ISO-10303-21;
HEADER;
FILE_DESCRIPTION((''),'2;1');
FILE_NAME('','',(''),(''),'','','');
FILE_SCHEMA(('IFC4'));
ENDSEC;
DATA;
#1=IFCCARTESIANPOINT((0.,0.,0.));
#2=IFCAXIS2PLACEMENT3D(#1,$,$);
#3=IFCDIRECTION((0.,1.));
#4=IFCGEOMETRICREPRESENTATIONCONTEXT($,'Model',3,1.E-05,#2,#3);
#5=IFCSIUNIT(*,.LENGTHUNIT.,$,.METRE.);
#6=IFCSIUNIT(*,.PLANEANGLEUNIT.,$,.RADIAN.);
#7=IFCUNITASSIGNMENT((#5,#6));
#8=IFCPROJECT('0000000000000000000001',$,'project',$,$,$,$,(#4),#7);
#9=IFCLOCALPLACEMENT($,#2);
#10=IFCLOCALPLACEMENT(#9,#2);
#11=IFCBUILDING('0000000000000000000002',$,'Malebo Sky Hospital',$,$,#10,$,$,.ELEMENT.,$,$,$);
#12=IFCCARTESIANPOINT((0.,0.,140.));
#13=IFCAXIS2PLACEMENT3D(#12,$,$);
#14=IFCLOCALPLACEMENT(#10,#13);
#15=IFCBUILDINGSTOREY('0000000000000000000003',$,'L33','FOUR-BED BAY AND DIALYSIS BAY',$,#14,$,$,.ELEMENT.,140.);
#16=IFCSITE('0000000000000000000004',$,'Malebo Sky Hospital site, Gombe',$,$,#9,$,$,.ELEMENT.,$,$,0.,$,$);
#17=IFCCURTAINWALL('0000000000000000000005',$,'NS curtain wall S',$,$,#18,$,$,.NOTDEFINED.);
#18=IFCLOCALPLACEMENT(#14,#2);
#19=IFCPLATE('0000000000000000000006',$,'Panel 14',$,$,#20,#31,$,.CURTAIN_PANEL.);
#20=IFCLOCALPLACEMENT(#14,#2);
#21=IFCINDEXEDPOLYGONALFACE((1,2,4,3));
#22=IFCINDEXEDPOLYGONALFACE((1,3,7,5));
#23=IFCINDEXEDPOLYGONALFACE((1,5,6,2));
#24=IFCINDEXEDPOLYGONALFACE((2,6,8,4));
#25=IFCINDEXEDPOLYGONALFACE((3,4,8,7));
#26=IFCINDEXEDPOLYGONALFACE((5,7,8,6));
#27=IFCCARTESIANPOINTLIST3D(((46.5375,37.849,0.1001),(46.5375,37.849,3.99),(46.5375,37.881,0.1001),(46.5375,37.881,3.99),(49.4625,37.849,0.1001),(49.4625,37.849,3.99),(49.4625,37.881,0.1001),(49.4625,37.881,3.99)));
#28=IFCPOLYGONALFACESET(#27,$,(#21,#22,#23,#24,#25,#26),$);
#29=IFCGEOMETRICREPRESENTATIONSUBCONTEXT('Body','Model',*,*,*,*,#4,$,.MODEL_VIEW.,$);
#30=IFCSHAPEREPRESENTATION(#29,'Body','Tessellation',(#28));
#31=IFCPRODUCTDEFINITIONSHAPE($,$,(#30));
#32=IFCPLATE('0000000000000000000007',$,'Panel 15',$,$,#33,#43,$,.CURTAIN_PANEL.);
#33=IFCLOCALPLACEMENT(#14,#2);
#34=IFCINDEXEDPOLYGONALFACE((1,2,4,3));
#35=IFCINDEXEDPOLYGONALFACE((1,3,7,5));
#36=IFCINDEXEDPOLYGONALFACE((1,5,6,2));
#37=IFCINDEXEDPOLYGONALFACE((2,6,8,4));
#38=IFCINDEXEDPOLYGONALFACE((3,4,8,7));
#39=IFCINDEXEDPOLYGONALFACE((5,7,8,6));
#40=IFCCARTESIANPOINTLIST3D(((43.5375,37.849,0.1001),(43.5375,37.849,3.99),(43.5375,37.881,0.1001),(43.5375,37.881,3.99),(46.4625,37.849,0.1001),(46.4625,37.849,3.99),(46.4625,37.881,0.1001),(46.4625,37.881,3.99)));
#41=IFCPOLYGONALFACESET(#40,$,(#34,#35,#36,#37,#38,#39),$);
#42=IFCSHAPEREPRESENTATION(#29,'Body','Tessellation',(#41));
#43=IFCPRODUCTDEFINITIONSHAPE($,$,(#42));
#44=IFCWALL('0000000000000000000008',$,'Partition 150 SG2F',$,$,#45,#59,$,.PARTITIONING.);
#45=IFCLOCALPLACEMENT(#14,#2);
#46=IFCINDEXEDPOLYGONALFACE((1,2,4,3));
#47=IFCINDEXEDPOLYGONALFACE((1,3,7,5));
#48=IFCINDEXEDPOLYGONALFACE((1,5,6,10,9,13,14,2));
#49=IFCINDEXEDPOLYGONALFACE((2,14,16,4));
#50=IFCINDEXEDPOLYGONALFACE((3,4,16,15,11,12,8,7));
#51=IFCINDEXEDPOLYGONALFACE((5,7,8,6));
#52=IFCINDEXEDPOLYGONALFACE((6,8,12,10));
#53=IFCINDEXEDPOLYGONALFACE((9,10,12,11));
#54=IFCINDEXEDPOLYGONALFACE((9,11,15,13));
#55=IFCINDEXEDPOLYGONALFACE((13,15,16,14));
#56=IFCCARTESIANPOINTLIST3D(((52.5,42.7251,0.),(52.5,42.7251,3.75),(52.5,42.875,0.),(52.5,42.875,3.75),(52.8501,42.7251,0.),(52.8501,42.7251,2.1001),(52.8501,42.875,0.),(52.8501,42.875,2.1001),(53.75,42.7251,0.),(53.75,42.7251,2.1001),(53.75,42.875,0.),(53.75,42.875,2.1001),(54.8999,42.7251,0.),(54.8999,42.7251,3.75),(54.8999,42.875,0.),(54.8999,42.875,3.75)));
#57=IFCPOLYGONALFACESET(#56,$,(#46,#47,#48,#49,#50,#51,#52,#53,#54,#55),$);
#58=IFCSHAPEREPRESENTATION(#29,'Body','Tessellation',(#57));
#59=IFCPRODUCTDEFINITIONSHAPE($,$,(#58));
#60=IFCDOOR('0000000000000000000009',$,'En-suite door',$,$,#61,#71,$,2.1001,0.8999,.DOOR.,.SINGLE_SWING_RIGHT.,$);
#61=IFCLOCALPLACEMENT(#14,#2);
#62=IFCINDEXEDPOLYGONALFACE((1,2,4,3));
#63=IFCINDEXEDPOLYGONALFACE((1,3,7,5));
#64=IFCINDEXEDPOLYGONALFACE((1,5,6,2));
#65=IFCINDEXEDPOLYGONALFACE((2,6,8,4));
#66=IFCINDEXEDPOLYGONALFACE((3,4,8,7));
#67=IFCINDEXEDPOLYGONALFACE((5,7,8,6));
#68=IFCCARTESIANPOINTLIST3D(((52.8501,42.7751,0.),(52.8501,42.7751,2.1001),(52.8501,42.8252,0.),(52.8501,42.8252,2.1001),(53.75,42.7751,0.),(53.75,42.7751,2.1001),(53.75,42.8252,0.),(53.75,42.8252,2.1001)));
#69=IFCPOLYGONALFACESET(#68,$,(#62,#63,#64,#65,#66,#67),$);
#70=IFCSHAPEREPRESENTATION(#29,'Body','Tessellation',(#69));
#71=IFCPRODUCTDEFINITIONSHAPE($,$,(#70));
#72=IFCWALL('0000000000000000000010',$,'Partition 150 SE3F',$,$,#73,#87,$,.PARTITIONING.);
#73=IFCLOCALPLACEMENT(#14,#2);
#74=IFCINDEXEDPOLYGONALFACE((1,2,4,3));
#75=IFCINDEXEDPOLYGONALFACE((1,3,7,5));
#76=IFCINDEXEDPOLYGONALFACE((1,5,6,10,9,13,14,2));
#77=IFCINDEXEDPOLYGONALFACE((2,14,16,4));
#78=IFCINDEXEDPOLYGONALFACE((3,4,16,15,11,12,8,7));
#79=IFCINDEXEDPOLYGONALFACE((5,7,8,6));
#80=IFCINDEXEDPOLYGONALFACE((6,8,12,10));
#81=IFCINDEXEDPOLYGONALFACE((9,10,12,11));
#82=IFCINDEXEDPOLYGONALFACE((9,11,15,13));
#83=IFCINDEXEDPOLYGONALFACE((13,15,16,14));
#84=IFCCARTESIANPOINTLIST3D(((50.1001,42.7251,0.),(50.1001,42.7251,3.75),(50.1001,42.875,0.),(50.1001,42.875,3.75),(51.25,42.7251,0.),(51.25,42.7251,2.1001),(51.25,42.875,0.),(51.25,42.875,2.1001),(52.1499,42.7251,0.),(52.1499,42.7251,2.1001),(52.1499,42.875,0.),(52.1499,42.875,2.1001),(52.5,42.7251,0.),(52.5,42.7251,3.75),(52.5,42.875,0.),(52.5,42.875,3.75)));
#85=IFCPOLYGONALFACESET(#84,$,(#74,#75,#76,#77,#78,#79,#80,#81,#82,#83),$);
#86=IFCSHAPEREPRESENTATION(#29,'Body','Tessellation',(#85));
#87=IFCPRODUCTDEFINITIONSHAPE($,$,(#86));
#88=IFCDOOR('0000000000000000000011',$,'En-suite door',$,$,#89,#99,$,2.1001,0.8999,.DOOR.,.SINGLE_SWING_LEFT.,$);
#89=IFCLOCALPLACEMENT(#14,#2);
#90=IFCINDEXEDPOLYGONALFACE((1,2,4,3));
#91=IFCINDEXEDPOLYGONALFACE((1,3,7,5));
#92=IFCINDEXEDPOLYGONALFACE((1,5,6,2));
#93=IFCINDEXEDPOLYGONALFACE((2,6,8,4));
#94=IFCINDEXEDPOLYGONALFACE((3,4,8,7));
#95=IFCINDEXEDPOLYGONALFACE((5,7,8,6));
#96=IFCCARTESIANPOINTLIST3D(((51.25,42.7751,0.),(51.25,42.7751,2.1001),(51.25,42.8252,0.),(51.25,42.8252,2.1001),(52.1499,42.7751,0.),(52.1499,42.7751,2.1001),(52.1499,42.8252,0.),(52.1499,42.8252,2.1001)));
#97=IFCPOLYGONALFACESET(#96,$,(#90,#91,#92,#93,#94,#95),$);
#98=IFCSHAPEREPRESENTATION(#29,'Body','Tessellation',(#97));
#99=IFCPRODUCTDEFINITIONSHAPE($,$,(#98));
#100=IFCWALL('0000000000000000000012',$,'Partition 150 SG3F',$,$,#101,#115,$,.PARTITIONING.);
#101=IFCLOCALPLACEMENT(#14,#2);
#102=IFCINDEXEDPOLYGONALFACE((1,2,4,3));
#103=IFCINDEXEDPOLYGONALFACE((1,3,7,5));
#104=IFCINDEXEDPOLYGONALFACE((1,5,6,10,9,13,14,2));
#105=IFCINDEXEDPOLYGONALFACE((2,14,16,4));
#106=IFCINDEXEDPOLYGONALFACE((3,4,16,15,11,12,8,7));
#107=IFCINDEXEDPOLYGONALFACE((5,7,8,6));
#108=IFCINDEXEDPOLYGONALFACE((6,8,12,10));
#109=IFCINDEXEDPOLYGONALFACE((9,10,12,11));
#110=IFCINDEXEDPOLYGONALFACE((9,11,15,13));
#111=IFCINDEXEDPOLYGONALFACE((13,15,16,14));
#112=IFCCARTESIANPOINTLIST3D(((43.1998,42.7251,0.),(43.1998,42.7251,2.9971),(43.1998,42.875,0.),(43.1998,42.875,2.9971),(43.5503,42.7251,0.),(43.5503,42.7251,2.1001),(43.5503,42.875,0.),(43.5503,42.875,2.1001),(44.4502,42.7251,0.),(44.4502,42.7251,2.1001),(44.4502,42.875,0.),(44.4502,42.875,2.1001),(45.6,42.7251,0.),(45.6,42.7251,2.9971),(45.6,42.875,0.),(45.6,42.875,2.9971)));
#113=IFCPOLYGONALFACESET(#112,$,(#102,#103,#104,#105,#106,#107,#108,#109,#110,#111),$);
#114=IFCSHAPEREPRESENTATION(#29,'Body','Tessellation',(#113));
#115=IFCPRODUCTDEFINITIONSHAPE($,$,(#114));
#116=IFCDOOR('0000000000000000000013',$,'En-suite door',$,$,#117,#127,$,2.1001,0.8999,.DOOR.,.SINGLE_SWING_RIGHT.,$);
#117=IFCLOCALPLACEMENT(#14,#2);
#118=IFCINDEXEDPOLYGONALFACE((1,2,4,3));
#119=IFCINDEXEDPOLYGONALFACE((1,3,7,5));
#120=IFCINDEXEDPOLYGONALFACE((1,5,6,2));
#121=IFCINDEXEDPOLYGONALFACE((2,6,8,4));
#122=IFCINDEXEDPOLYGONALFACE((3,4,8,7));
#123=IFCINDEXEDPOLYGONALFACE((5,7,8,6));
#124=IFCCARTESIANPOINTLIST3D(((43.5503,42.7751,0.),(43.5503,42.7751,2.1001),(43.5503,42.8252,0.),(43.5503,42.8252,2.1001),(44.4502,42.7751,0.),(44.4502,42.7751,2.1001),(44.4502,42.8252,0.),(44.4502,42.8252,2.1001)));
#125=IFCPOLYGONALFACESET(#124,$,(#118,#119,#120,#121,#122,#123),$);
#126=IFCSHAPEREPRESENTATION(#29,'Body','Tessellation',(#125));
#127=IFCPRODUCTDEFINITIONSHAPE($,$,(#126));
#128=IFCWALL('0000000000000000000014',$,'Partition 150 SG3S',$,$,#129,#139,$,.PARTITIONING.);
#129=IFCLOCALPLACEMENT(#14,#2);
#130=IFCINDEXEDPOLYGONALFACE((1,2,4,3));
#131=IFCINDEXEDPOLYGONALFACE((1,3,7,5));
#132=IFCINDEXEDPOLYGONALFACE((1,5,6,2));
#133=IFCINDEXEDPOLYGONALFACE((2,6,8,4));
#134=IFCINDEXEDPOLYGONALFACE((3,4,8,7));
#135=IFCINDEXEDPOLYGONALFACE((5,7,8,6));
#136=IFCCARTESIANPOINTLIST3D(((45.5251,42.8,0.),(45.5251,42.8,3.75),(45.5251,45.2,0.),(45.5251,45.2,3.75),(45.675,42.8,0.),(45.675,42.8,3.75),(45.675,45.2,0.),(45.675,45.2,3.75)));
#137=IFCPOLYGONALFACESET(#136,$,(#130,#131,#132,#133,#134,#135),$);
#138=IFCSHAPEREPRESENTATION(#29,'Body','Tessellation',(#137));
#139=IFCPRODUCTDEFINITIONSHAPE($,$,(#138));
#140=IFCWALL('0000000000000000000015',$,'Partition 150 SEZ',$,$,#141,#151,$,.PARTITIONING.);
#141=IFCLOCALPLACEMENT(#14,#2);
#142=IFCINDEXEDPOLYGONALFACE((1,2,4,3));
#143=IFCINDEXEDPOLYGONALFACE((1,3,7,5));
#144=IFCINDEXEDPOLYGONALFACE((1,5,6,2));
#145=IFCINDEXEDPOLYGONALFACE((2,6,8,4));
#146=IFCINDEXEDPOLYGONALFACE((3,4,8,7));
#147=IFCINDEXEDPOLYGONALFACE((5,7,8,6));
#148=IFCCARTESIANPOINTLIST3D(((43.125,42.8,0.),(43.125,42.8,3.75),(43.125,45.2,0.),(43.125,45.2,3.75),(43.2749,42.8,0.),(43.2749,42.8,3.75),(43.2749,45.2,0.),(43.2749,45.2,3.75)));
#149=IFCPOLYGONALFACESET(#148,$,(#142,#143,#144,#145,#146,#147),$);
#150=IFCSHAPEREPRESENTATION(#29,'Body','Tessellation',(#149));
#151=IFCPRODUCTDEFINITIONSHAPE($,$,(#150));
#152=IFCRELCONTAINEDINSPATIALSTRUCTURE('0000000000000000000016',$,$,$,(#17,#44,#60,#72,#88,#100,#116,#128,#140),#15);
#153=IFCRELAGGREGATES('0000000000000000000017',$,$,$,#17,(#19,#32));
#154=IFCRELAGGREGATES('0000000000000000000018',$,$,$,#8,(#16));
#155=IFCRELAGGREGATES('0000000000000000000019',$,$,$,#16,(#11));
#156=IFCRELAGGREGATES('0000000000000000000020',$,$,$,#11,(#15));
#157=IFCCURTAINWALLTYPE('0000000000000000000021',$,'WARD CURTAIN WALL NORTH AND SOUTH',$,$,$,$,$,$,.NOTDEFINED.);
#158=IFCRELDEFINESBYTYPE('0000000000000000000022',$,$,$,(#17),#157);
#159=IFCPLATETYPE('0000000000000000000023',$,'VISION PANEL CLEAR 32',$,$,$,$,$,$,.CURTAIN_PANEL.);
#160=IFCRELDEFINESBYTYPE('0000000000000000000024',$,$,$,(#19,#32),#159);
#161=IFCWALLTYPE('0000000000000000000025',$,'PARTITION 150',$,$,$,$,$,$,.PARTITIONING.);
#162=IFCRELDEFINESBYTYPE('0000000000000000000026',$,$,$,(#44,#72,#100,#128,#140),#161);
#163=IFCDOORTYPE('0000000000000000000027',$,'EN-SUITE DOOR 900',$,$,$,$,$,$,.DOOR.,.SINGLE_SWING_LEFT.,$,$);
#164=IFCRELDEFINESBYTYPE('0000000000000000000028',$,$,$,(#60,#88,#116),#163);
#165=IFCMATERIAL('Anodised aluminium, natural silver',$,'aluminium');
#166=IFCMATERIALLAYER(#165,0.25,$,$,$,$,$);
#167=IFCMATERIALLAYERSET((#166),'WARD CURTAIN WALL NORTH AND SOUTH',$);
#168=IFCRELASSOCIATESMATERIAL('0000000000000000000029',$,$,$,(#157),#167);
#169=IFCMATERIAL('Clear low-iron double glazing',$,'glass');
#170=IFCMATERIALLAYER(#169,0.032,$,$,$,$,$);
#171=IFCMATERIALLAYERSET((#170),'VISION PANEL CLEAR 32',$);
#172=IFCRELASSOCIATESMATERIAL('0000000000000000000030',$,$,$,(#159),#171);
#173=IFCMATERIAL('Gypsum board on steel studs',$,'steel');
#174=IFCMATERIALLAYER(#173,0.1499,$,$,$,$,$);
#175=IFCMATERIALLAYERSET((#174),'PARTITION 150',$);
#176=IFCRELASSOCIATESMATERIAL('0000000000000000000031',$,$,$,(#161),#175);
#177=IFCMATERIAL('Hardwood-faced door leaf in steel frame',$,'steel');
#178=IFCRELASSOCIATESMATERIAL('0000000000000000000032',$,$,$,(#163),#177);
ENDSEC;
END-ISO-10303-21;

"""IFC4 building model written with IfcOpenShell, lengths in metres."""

from ifc_helpers import new_model, si_unit, direction, frame, frame_2d, origin, origin_2d, place, context, subcontext, project, spatial, rectangle, extrude, material, layer, layer_set, type_object, element, fill, aggregate, save


model = new_model("IFC4")

# Units and contexts
model_context = context("Model", 3, precision=1e-05, world=origin(), true_north=direction((0.0, 1.0)))
body_context = subcontext(model_context, "Body", "Model", "MODEL_VIEW")
ifc_project = project(units=[si_unit("LENGTHUNIT", "METRE"), si_unit("PLANEANGLEUNIT", "RADIAN")], contexts=[model_context])

# Site, building, storey
site_placement = place(None, origin())
site = spatial("IfcSite", under=ifc_project, at=site_placement, Name="Malebo Sky Hospital site, Gombe", CompositionType="ELEMENT", RefElevation=0.0)
building_placement = place(site_placement, origin())
building = spatial("IfcBuilding", under=site, at=building_placement, Name="Malebo Sky Hospital", CompositionType="ELEMENT")
storey_placement = place(building_placement, frame((0.0, 0.0, 140.0)))
storey = spatial("IfcBuildingStorey", under=building, at=storey_placement, Name="L33", Description="FOUR-BED BAY AND DIALYSIS BAY", CompositionType="ELEMENT", Elevation=140.0)

# Curtain wall
ifc_material_1 = material(Name="Anodised aluminium, natural silver", Category="aluminium")
ifc_layer_1 = layer(ifc_material_1, 0.25)
ifc_layer_set_1 = layer_set([ifc_layer_1], Name="WARD CURTAIN WALL NORTH AND SOUTH")
curtain_wall_type = type_object("IfcCurtainWallType", Name="WARD CURTAIN WALL NORTH AND SOUTH", PredefinedType="NOTDEFINED", material=ifc_layer_set_1)
curtain_wall_placement = place(storey_placement, origin())
curtain_wall = element("IfcCurtainWall", 1, at=curtain_wall_placement, inside=storey, type_object=curtain_wall_type, Name="NS curtain wall S", PredefinedType="NOTDEFINED")

# Plates
ifc_material_2 = material(Name="Clear low-iron double glazing", Category="glass")
ifc_layer_2 = layer(ifc_material_2, 0.032)
ifc_layer_set_2 = layer_set([ifc_layer_2], Name="VISION PANEL CLEAR 32")
plate_type = type_object("IfcPlateType", Name="VISION PANEL CLEAR 32", PredefinedType="CURTAIN_PANEL", material=ifc_layer_set_2)
plate_1_placement = place(storey_placement, frame((48.0, 37.865, 0.1001), z_axis=(0.0, 0.0, 1.0), x_axis=(-1.0, 0.0, 0.0)))
plate_1 = element("IfcPlate", 2, at=plate_1_placement, type_object=plate_type, Name="Panel 14", PredefinedType="CURTAIN_PANEL", context=body_context, shape_type="SweptSolid", body=[
    extrude(rectangle(XDim=2.925, YDim=0.032, at=origin_2d()), origin(), (0.0, 0.0, 1.0), 3.8899),
])
plate_2_placement = place(storey_placement, frame((45.0, 37.865, 0.1001), z_axis=(0.0, 0.0, 1.0), x_axis=(-1.0, 0.0, 0.0)))
plate_2 = element("IfcPlate", 3, at=plate_2_placement, type_object=plate_type, Name="Panel 15", PredefinedType="CURTAIN_PANEL", context=body_context, shape_type="SweptSolid", body=[
    extrude(rectangle(XDim=2.925, YDim=0.032, at=origin_2d()), origin(), (0.0, 0.0, 1.0), 3.8899),
])
aggregate(curtain_wall, [plate_1, plate_2])

# Walls, openings, doors
ifc_material_3 = material(Name="Gypsum board on steel studs", Category="steel")
ifc_layer_3 = layer(ifc_material_3, 0.1499)
ifc_layer_set_3 = layer_set([ifc_layer_3], Name="PARTITION 150")
wall_type = type_object("IfcWallType", Name="PARTITION 150", PredefinedType="PARTITIONING", material=ifc_layer_set_3)
wall_1_placement = place(storey_placement, frame((54.8999, 42.8, 0.0), z_axis=(0.0, 0.0, 1.0), x_axis=(-1.0, 0.0, 0.0)))
wall_1 = element("IfcWall", 4, at=wall_1_placement, inside=storey, type_object=wall_type, Name="Partition 150 SG2F", PredefinedType="PARTITIONING", context=body_context, shape_type="SweptSolid", body=[
    extrude(rectangle(XDim=2.3999, YDim=0.1499, at=frame_2d((1.2, 0.0))), origin(), (0.0, 0.0, 1.0), 3.75),
])
opening_1_placement = place(wall_1_placement, frame((1.1499, 0.0, 0.0)))
opening_1 = element("IfcOpeningElement", 5, at=opening_1_placement, cuts=wall_1, PredefinedType="OPENING", context=body_context, shape_type="SweptSolid", body=[
    extrude(rectangle(XDim=0.8999, YDim=2.1001, at=frame_2d((0.45, 1.05))), frame((0.0, 0.085, 0.0), z_axis=(0.0, -1.0, 0.0), x_axis=(1.0, 0.0, 0.0)), (0.0, 0.0, 1.0), 0.1699),
])
ifc_material_4 = material(Name="Hardwood-faced door leaf in steel frame", Category="steel")
door_type = type_object("IfcDoorType", Name="EN-SUITE DOOR 900", OperationType="SINGLE_SWING_LEFT", PredefinedType="DOOR", material=ifc_material_4)
door_1_placement = place(opening_1_placement, origin())
door_1 = element("IfcDoor", 6, at=door_1_placement, inside=storey, type_object=door_type, Name="En-suite door", OperationType="SINGLE_SWING_RIGHT", OverallHeight=2.1001, OverallWidth=0.8999, PredefinedType="DOOR", context=body_context, shape_type="SweptSolid", body=[
    extrude(rectangle(XDim=0.8999, YDim=2.1001, at=frame_2d((0.45, 1.05))), frame((0.0, 0.0249, 0.0), z_axis=(0.0, -1.0, 0.0), x_axis=(1.0, 0.0, 0.0)), (0.0, 0.0, 1.0), 0.05),
])
fill(opening_1, door_1)
wall_2_placement = place(storey_placement, frame((52.5, 42.8, 0.0), z_axis=(0.0, 0.0, 1.0), x_axis=(-1.0, 0.0, 0.0)))
wall_2 = element("IfcWall", 7, at=wall_2_placement, inside=storey, type_object=wall_type, Name="Partition 150 SE3F", PredefinedType="PARTITIONING", context=body_context, shape_type="SweptSolid", body=[
    extrude(rectangle(XDim=2.3999, YDim=0.1499, at=frame_2d((1.2, 0.0))), origin(), (0.0, 0.0, 1.0), 3.75),
])
opening_2_placement = place(wall_2_placement, frame((0.3501, 0.0, 0.0)))
opening_2 = element("IfcOpeningElement", 8, at=opening_2_placement, cuts=wall_2, PredefinedType="OPENING", context=body_context, shape_type="SweptSolid", body=[
    extrude(rectangle(XDim=0.8999, YDim=2.1001, at=frame_2d((0.45, 1.05))), frame((0.0, 0.085, 0.0), z_axis=(0.0, -1.0, 0.0), x_axis=(1.0, 0.0, 0.0)), (0.0, 0.0, 1.0), 0.1699),
])
door_2_placement = place(opening_2_placement, origin())
door_2 = element("IfcDoor", 9, at=door_2_placement, inside=storey, type_object=door_type, Name="En-suite door", OperationType="SINGLE_SWING_LEFT", OverallHeight=2.1001, OverallWidth=0.8999, PredefinedType="DOOR", context=body_context, shape_type="SweptSolid", body=[
    extrude(rectangle(XDim=0.8999, YDim=2.1001, at=frame_2d((0.45, 1.05))), frame((0.0, 0.0249, 0.0), z_axis=(0.0, -1.0, 0.0), x_axis=(1.0, 0.0, 0.0)), (0.0, 0.0, 1.0), 0.05),
])
fill(opening_2, door_2)
wall_3_placement = place(storey_placement, frame((45.6001, 42.8, 0.0), z_axis=(0.0, 0.0, 1.0), x_axis=(-1.0, 0.0, 0.0)))
wall_3 = element("IfcWall", 10, at=wall_3_placement, inside=storey, type_object=wall_type, Name="Partition 150 SG3F", PredefinedType="PARTITIONING", context=body_context, shape_type="SweptSolid", body=[
    extrude(rectangle(XDim=2.4001, YDim=0.1499, at=frame_2d((1.2002, 0.0))), origin(), (0.0, 0.0, 1.0), 2.9971),
])
opening_3_placement = place(wall_3_placement, frame((1.1499, 0.0, 0.0)))
opening_3 = element("IfcOpeningElement", 11, at=opening_3_placement, cuts=wall_3, PredefinedType="OPENING", context=body_context, shape_type="SweptSolid", body=[
    extrude(rectangle(XDim=0.8999, YDim=2.1001, at=frame_2d((0.45, 1.05))), frame((0.0, 0.085, 0.0), z_axis=(0.0, -1.0, 0.0), x_axis=(1.0, 0.0, 0.0)), (0.0, 0.0, 1.0), 0.1699),
])
door_3_placement = place(opening_3_placement, origin())
door_3 = element("IfcDoor", 12, at=door_3_placement, inside=storey, type_object=door_type, Name="En-suite door", OperationType="SINGLE_SWING_RIGHT", OverallHeight=2.1001, OverallWidth=0.8999, PredefinedType="DOOR", context=body_context, shape_type="SweptSolid", body=[
    extrude(rectangle(XDim=0.8999, YDim=2.1001, at=frame_2d((0.45, 1.05))), frame((0.0, 0.0249, 0.0), z_axis=(0.0, -1.0, 0.0), x_axis=(1.0, 0.0, 0.0)), (0.0, 0.0, 1.0), 0.05),
])
fill(opening_3, door_3)

# Walls
for number, where, z_axis, x_axis, name in (
    (13, (45.6001, 45.2, 0.0), (0.0, 0.0, 1.0), (0.0, -1.0, 0.0), "Partition 150 SG3S"),
    (14, (43.2, 45.2, 0.0), (0.0, 0.0, 1.0), (0.0, -1.0, 0.0), "Partition 150 SEZ"),
):
    element("IfcWall", number, at=place(storey_placement, frame(where, z_axis=z_axis, x_axis=x_axis)), inside=storey, type_object=wall_type, Name=name, PredefinedType="PARTITIONING", context=body_context, shape_type="SweptSolid", body=[
        extrude(rectangle(XDim=2.3999, YDim=0.1499, at=frame_2d((1.2, 0.0))), origin(), (0.0, 0.0, 1.0), 3.75),
    ])

save(model, "model.ifc")
